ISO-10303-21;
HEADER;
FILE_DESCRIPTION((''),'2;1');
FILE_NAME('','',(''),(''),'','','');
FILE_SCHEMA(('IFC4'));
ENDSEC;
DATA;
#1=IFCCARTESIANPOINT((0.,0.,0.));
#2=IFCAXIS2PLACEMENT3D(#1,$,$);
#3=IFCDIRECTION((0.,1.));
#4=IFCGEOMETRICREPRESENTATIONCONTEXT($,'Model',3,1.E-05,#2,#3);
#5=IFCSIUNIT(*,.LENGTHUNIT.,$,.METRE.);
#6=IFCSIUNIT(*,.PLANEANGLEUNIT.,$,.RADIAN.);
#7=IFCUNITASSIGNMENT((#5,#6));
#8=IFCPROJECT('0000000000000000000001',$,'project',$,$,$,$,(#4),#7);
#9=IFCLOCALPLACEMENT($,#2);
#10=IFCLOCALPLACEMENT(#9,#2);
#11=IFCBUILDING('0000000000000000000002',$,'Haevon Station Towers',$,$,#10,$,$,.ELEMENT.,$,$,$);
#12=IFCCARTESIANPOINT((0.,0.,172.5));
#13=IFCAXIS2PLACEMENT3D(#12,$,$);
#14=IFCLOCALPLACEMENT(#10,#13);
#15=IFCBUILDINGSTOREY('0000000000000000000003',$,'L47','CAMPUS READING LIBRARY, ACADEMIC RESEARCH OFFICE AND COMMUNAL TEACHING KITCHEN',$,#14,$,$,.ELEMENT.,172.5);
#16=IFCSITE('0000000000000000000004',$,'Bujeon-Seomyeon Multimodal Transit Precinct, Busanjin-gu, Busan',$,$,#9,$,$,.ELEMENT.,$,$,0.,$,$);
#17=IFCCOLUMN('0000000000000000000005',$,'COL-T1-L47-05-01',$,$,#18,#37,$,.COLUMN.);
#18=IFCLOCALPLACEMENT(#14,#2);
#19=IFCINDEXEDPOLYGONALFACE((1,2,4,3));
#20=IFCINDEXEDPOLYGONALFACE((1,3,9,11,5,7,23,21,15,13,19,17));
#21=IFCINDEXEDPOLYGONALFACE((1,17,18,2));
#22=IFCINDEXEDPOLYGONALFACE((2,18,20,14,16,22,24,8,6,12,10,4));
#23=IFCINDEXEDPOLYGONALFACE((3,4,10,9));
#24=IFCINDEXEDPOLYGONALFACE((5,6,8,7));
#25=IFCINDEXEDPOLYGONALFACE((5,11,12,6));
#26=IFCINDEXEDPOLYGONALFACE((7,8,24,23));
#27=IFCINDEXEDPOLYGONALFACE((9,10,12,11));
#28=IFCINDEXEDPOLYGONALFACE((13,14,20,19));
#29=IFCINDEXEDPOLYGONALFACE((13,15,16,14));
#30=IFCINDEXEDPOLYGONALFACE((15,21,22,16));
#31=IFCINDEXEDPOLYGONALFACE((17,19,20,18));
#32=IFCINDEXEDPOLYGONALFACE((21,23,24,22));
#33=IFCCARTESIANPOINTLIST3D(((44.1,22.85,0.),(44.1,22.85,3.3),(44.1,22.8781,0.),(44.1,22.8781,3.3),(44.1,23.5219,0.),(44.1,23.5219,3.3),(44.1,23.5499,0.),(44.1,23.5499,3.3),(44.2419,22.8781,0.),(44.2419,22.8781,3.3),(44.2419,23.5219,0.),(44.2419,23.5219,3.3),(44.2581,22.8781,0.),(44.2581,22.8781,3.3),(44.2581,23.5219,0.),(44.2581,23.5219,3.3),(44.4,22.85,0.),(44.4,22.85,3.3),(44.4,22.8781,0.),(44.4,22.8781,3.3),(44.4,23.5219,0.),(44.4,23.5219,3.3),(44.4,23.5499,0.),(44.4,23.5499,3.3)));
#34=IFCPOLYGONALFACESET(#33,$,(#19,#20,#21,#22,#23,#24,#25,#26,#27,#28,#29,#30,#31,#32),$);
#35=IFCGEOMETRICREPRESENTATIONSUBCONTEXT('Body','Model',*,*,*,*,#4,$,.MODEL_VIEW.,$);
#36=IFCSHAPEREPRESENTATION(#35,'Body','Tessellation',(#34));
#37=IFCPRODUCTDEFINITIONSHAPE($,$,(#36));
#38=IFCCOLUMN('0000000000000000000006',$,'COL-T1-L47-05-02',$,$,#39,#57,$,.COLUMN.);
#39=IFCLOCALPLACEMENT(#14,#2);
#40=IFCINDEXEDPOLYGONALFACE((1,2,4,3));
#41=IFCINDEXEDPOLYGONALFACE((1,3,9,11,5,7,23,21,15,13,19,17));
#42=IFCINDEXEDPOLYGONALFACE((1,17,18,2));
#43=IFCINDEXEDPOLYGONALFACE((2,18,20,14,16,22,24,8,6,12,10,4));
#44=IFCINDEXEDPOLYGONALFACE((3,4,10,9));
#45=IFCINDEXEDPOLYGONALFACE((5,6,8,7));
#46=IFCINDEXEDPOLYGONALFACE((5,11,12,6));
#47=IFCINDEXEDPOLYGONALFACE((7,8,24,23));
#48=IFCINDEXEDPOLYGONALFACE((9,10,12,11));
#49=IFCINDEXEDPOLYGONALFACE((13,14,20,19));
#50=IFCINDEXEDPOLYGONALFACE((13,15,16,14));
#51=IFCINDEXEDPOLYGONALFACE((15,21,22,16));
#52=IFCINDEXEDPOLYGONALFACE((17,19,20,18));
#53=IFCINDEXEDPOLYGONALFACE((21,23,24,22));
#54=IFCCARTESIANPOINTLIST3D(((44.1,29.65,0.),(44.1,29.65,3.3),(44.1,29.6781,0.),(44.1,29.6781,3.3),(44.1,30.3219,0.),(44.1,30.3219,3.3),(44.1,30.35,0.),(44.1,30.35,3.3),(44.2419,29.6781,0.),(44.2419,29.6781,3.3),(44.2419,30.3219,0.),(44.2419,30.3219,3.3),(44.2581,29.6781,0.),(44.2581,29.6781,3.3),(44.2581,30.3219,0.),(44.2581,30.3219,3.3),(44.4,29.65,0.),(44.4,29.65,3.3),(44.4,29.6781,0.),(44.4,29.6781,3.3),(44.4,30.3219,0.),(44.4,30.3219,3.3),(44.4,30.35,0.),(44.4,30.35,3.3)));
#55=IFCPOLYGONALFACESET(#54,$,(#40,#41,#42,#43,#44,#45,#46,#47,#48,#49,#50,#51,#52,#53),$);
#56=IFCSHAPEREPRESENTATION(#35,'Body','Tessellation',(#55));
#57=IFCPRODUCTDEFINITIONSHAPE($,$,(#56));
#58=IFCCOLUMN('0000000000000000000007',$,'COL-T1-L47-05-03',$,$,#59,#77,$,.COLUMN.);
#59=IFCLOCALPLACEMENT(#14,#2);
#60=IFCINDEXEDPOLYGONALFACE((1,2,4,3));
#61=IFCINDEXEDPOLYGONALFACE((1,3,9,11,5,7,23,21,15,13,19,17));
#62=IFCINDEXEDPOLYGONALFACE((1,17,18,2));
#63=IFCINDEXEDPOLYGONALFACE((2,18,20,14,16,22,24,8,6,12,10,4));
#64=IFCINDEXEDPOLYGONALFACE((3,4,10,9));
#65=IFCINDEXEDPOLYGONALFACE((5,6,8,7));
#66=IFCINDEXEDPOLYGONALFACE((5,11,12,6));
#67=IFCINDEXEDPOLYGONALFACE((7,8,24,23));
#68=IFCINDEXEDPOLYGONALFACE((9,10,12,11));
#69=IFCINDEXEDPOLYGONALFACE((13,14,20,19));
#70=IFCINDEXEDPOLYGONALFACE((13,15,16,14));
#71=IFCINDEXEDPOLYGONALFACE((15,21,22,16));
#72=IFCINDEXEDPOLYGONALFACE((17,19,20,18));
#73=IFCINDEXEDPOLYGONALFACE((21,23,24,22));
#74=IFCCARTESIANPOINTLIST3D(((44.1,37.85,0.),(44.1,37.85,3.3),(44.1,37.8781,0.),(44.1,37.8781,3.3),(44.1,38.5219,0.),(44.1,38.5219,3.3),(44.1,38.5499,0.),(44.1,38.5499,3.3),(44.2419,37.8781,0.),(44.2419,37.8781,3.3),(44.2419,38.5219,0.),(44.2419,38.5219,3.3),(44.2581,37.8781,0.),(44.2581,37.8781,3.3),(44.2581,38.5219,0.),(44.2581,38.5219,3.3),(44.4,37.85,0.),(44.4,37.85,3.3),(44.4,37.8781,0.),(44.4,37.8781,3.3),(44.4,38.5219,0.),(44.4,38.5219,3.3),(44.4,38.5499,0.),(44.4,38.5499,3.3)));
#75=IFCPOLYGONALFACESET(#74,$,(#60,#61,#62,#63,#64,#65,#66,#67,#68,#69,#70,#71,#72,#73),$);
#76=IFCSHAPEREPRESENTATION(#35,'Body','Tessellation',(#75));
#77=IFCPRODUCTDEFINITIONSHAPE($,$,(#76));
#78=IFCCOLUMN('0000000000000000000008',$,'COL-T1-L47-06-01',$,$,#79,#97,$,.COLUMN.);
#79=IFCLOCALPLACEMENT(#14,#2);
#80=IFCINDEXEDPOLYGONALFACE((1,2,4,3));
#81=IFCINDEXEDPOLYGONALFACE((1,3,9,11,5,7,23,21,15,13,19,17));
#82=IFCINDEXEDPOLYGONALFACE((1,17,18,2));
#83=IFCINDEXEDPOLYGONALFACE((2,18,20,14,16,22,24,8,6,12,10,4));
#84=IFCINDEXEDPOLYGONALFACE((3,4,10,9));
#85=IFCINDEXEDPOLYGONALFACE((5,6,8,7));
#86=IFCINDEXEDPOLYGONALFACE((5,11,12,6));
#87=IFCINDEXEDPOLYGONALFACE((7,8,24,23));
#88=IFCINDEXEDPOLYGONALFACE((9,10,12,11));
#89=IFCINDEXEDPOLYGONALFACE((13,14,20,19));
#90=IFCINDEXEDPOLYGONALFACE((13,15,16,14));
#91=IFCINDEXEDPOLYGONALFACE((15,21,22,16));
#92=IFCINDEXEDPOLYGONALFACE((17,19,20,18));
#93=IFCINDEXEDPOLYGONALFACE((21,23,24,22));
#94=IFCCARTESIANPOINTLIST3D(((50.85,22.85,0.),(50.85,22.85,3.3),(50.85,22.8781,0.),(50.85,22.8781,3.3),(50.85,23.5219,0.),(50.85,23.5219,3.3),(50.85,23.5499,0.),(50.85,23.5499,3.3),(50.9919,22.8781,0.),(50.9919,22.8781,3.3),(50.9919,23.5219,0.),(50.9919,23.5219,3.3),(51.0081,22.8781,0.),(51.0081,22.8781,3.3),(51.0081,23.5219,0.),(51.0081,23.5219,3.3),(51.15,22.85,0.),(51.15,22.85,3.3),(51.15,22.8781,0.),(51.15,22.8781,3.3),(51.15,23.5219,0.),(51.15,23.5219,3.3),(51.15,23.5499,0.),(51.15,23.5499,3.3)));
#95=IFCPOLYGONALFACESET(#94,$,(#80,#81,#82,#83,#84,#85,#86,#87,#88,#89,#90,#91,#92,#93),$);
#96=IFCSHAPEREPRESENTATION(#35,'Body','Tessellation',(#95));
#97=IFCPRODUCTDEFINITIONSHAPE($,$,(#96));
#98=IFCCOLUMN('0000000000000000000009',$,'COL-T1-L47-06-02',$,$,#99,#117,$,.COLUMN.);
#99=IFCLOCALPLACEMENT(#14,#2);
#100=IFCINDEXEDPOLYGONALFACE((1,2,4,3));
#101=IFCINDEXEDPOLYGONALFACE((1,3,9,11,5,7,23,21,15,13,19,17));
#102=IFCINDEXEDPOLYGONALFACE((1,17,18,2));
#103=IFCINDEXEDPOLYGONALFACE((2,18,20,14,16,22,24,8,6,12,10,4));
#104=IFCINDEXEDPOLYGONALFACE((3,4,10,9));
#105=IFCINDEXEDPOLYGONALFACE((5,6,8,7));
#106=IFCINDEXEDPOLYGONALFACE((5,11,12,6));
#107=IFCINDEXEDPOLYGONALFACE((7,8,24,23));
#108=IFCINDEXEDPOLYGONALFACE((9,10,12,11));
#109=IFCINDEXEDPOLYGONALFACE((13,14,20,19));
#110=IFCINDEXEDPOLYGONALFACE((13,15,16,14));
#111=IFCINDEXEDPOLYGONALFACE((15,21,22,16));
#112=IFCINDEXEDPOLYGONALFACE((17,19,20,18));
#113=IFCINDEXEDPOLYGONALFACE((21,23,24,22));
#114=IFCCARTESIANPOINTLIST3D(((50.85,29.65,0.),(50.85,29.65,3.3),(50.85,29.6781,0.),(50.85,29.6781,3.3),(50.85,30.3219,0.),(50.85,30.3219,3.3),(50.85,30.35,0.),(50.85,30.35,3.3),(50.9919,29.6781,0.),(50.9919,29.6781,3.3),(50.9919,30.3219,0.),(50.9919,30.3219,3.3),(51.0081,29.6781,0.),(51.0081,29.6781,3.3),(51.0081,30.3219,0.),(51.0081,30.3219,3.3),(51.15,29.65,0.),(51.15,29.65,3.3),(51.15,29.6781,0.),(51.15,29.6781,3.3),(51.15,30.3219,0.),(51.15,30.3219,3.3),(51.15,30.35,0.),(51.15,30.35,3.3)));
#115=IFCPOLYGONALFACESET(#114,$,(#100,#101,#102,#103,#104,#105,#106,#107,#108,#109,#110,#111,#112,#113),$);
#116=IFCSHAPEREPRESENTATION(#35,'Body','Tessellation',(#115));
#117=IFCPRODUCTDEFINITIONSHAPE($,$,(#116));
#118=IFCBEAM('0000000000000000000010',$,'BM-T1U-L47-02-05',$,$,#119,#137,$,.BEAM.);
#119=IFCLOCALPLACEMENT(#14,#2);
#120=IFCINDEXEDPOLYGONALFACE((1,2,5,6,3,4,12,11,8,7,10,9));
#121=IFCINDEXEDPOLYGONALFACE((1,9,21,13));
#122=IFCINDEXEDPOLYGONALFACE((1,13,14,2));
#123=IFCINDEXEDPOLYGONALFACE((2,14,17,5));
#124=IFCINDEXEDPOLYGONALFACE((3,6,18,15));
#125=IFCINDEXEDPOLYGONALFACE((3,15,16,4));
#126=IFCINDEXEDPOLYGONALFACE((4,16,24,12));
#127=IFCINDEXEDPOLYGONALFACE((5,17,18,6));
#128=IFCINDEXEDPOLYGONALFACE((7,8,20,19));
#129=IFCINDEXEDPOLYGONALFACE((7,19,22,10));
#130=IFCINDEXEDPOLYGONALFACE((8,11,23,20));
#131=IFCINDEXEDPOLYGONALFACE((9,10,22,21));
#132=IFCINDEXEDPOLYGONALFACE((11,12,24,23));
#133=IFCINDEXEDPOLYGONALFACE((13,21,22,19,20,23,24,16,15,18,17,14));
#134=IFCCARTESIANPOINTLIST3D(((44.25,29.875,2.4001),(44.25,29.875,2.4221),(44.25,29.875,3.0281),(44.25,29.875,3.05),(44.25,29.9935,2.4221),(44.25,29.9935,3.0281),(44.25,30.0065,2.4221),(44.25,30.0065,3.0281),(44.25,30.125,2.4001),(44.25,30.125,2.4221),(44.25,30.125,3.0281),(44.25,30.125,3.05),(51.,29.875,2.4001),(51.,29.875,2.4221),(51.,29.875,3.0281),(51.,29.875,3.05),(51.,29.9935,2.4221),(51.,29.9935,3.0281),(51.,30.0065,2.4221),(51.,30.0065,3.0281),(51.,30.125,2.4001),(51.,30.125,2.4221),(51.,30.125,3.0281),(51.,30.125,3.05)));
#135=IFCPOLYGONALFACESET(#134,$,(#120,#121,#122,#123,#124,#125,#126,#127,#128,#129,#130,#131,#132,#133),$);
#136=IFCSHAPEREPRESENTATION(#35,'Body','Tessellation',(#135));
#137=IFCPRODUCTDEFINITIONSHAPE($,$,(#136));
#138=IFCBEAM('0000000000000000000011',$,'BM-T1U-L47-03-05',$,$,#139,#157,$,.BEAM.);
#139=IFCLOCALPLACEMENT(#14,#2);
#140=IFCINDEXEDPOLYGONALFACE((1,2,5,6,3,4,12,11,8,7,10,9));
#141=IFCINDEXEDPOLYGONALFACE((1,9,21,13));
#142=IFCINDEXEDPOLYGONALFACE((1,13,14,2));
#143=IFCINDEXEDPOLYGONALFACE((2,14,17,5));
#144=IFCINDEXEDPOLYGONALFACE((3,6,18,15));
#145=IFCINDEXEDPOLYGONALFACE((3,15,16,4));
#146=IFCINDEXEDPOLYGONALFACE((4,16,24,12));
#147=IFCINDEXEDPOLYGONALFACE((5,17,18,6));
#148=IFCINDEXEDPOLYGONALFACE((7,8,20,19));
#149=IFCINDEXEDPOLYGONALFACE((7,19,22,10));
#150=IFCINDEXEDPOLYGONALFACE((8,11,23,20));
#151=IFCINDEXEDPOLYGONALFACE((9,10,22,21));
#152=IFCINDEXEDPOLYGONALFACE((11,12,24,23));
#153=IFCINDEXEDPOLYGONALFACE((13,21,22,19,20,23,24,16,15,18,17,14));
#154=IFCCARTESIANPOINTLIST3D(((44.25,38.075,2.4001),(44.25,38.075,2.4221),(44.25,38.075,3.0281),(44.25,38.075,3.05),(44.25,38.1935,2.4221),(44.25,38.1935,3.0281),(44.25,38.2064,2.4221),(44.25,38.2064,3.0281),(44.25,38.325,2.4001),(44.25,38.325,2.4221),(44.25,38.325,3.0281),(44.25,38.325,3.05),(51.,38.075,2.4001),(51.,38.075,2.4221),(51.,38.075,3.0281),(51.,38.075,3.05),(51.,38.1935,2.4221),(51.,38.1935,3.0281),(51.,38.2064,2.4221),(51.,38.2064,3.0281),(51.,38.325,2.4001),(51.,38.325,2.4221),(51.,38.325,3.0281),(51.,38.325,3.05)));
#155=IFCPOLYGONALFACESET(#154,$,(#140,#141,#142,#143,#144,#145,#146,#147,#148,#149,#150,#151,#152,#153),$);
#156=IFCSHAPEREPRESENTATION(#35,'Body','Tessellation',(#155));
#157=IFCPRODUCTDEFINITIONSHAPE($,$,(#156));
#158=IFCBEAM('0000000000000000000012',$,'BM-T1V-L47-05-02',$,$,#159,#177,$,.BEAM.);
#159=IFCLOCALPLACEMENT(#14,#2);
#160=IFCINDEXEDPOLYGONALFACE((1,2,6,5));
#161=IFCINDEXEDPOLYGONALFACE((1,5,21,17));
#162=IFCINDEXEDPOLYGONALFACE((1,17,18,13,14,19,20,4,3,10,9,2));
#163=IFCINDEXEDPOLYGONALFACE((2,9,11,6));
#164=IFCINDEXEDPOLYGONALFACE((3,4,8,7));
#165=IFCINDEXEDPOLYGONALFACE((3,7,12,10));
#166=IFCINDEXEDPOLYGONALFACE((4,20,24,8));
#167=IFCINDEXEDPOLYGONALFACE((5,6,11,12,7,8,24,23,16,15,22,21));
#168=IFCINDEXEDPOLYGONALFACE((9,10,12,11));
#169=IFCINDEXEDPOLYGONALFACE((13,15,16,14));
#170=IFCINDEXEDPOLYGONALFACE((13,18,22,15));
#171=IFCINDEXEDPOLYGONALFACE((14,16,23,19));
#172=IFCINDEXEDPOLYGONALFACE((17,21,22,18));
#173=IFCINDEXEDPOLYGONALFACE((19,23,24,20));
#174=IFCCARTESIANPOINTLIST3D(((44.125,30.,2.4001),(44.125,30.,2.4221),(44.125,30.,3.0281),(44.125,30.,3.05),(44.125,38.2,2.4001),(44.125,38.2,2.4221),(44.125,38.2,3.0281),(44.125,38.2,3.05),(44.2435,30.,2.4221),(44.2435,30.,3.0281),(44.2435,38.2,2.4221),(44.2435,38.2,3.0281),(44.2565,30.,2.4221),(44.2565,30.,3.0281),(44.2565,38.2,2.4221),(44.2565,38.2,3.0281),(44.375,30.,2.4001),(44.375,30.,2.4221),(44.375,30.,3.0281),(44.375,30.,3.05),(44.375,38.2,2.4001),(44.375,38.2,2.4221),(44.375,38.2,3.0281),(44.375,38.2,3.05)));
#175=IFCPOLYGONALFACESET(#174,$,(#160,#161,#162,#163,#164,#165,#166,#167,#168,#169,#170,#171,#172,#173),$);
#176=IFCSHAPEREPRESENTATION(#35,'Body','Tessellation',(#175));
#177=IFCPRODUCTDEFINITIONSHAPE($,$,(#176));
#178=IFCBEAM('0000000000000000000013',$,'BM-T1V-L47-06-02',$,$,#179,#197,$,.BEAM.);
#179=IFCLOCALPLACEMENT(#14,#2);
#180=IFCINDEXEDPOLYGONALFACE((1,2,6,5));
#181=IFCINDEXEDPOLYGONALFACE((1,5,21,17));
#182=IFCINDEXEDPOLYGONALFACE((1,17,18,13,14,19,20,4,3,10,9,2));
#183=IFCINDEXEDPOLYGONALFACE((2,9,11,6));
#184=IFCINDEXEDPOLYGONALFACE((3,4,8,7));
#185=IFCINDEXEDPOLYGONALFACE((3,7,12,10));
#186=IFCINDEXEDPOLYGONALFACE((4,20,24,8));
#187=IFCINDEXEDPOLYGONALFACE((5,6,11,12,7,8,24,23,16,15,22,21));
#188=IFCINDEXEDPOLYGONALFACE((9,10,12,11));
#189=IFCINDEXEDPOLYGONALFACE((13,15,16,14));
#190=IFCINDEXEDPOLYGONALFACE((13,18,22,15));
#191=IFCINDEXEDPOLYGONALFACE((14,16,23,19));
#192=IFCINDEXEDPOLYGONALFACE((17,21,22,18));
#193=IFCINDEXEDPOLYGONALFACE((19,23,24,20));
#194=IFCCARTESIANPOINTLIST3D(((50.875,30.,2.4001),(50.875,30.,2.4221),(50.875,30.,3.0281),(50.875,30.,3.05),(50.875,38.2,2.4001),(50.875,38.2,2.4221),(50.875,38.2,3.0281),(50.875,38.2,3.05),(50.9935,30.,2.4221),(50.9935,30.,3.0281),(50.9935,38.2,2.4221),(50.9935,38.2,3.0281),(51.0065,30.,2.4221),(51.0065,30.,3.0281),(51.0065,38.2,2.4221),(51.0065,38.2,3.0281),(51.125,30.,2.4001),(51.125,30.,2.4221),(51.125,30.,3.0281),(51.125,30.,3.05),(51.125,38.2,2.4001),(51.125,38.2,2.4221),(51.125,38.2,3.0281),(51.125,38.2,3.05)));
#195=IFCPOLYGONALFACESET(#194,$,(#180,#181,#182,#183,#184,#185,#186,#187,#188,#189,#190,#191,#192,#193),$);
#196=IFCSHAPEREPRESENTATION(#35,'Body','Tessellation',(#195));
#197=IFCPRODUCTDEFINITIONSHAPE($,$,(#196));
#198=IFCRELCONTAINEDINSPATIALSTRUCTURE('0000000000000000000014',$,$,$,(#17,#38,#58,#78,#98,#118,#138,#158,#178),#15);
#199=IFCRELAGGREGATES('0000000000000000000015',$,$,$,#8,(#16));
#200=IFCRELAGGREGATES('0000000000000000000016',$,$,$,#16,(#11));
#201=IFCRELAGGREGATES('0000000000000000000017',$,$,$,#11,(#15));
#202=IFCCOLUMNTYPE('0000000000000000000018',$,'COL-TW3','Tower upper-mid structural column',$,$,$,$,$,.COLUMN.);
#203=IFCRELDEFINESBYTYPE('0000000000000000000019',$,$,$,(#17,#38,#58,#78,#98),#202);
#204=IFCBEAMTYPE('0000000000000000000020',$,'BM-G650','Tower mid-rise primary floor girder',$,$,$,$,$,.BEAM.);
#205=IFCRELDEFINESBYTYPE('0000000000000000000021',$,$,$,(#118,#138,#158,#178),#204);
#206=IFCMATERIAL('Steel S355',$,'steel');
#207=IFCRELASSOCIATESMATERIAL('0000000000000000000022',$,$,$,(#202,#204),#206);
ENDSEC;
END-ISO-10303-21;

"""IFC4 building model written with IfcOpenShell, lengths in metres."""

from ifc_helpers import new_model, si_unit, direction, frame, origin, origin_2d, place, context, subcontext, project, spatial, i_section, extrude, material, material_profile, profile_set, type_object, element, save


model = new_model("IFC4")

# Units and contexts
model_context = context("Model", 3, precision=1e-05, world=origin(), true_north=direction((0.0, 1.0)))
body_context = subcontext(model_context, "Body", "Model", "MODEL_VIEW")
ifc_project = project(units=[si_unit("LENGTHUNIT", "METRE"), si_unit("PLANEANGLEUNIT", "RADIAN")], contexts=[model_context])

# Site, building, storey
site_placement = place(None, origin())
site = spatial("IfcSite", under=ifc_project, at=site_placement, Name="Bujeon-Seomyeon Multimodal Transit Precinct, Busanjin-gu, Busan", CompositionType="ELEMENT", RefElevation=0.0)
building_placement = place(site_placement, origin())
building = spatial("IfcBuilding", under=site, at=building_placement, Name="Haevon Station Towers", CompositionType="ELEMENT")
storey_placement = place(building_placement, frame((0.0, 0.0, 172.5)))
storey = spatial("IfcBuildingStorey", under=building, at=storey_placement, Name="L47", Description="CAMPUS READING LIBRARY, ACADEMIC RESEARCH OFFICE AND COMMUNAL TEACHING KITCHEN", CompositionType="ELEMENT", Elevation=172.5)

# Columns
ifc_material_1 = material(Name="Steel S355", Category="steel")
ifc_material_profile_1 = material_profile(ifc_material_1, i_section(OverallWidth=0.3, OverallDepth=0.7, WebThickness=0.0161, FlangeThickness=0.0281, at=origin_2d()), Name="H-700x300x16x28")
ifc_profile_set_1 = profile_set([ifc_material_profile_1], Name="Steel S355")
column_type = type_object("IfcColumnType", Name="COL-TW3", Description="Tower upper-mid structural column", PredefinedType="COLUMN", material=ifc_profile_set_1)
for number, where, z_axis, x_axis, name in (
    (1, (44.25, 23.2, 0.0), (0.0, 0.0, 1.0), (1.0, 0.0, 0.0), "COL-T1-L47-05-01"),
    (2, (44.25, 30.0, 0.0), (0.0, 0.0, 1.0), (1.0, 0.0, 0.0), "COL-T1-L47-05-02"),
    (3, (44.25, 38.2, 0.0), (0.0, 0.0, 1.0), (1.0, 0.0, 0.0), "COL-T1-L47-05-03"),
    (4, (51.0, 23.2, 0.0), (0.0, 0.0, 1.0), (1.0, 0.0, 0.0), "COL-T1-L47-06-01"),
    (5, (51.0, 30.0, 0.0), (0.0, 0.0, 1.0), (1.0, 0.0, 0.0), "COL-T1-L47-06-02"),
):
    element("IfcColumn", number, at=place(storey_placement, frame(where, z_axis=z_axis, x_axis=x_axis)), inside=storey, type_object=column_type, Name=name, PredefinedType="COLUMN", context=body_context, shape_type="SweptSolid", body=[
        extrude(i_section(OverallWidth=0.3, OverallDepth=0.7, WebThickness=0.0161, FlangeThickness=0.0281, at=origin_2d()), origin(), (0.0, 0.0, 1.0), 3.3),
    ])

# Beams
ifc_material_profile_2 = material_profile(ifc_material_1, i_section(OverallWidth=0.25, OverallDepth=0.6499, WebThickness=0.0129, FlangeThickness=0.022, at=origin_2d()), Name="H-650x250x13x22")
ifc_profile_set_2 = profile_set([ifc_material_profile_2], Name="Steel S355")
beam_type_1 = type_object("IfcBeamType", Name="BM-G650", Description="Tower mid-rise primary floor girder", PredefinedType="BEAM", material=ifc_profile_set_2)
for number, where, z_axis, x_axis, name in (
    (6, (44.25, 30.0, 2.7251), (1.0, 0.0, 0.0), (0.0, 1.0, 0.0), "BM-T1U-L47-02-05"),
    (7, (44.25, 38.2, 2.7251), (1.0, 0.0, 0.0), (0.0, 1.0, 0.0), "BM-T1U-L47-03-05"),
):
    element("IfcBeam", number, at=place(storey_placement, frame(where, z_axis=z_axis, x_axis=x_axis)), inside=storey, type_object=beam_type_1, Name=name, PredefinedType="BEAM", context=body_context, shape_type="SweptSolid", body=[
        extrude(i_section(OverallWidth=0.25, OverallDepth=0.6499, WebThickness=0.0129, FlangeThickness=0.022, at=origin_2d()), origin(), (0.0, 0.0, 1.0), 6.75),
    ])
for number, where, z_axis, x_axis, name in (
    (8, (44.25, 30.0, 2.7251), (0.0, 1.0, 0.0), (-1.0, 0.0, 0.0), "BM-T1V-L47-05-02"),
    (9, (51.0, 30.0, 2.7251), (0.0, 1.0, 0.0), (-1.0, 0.0, 0.0), "BM-T1V-L47-06-02"),
):
    element("IfcBeam", number, at=place(storey_placement, frame(where, z_axis=z_axis, x_axis=x_axis)), inside=storey, type_object=beam_type_1, Name=name, PredefinedType="BEAM", context=body_context, shape_type="SweptSolid", body=[
        extrude(i_section(OverallWidth=0.25, OverallDepth=0.6499, WebThickness=0.0129, FlangeThickness=0.022, at=origin_2d()), origin(), (0.0, 0.0, 1.0), 8.2),
    ])

save(model, "model.ifc")
